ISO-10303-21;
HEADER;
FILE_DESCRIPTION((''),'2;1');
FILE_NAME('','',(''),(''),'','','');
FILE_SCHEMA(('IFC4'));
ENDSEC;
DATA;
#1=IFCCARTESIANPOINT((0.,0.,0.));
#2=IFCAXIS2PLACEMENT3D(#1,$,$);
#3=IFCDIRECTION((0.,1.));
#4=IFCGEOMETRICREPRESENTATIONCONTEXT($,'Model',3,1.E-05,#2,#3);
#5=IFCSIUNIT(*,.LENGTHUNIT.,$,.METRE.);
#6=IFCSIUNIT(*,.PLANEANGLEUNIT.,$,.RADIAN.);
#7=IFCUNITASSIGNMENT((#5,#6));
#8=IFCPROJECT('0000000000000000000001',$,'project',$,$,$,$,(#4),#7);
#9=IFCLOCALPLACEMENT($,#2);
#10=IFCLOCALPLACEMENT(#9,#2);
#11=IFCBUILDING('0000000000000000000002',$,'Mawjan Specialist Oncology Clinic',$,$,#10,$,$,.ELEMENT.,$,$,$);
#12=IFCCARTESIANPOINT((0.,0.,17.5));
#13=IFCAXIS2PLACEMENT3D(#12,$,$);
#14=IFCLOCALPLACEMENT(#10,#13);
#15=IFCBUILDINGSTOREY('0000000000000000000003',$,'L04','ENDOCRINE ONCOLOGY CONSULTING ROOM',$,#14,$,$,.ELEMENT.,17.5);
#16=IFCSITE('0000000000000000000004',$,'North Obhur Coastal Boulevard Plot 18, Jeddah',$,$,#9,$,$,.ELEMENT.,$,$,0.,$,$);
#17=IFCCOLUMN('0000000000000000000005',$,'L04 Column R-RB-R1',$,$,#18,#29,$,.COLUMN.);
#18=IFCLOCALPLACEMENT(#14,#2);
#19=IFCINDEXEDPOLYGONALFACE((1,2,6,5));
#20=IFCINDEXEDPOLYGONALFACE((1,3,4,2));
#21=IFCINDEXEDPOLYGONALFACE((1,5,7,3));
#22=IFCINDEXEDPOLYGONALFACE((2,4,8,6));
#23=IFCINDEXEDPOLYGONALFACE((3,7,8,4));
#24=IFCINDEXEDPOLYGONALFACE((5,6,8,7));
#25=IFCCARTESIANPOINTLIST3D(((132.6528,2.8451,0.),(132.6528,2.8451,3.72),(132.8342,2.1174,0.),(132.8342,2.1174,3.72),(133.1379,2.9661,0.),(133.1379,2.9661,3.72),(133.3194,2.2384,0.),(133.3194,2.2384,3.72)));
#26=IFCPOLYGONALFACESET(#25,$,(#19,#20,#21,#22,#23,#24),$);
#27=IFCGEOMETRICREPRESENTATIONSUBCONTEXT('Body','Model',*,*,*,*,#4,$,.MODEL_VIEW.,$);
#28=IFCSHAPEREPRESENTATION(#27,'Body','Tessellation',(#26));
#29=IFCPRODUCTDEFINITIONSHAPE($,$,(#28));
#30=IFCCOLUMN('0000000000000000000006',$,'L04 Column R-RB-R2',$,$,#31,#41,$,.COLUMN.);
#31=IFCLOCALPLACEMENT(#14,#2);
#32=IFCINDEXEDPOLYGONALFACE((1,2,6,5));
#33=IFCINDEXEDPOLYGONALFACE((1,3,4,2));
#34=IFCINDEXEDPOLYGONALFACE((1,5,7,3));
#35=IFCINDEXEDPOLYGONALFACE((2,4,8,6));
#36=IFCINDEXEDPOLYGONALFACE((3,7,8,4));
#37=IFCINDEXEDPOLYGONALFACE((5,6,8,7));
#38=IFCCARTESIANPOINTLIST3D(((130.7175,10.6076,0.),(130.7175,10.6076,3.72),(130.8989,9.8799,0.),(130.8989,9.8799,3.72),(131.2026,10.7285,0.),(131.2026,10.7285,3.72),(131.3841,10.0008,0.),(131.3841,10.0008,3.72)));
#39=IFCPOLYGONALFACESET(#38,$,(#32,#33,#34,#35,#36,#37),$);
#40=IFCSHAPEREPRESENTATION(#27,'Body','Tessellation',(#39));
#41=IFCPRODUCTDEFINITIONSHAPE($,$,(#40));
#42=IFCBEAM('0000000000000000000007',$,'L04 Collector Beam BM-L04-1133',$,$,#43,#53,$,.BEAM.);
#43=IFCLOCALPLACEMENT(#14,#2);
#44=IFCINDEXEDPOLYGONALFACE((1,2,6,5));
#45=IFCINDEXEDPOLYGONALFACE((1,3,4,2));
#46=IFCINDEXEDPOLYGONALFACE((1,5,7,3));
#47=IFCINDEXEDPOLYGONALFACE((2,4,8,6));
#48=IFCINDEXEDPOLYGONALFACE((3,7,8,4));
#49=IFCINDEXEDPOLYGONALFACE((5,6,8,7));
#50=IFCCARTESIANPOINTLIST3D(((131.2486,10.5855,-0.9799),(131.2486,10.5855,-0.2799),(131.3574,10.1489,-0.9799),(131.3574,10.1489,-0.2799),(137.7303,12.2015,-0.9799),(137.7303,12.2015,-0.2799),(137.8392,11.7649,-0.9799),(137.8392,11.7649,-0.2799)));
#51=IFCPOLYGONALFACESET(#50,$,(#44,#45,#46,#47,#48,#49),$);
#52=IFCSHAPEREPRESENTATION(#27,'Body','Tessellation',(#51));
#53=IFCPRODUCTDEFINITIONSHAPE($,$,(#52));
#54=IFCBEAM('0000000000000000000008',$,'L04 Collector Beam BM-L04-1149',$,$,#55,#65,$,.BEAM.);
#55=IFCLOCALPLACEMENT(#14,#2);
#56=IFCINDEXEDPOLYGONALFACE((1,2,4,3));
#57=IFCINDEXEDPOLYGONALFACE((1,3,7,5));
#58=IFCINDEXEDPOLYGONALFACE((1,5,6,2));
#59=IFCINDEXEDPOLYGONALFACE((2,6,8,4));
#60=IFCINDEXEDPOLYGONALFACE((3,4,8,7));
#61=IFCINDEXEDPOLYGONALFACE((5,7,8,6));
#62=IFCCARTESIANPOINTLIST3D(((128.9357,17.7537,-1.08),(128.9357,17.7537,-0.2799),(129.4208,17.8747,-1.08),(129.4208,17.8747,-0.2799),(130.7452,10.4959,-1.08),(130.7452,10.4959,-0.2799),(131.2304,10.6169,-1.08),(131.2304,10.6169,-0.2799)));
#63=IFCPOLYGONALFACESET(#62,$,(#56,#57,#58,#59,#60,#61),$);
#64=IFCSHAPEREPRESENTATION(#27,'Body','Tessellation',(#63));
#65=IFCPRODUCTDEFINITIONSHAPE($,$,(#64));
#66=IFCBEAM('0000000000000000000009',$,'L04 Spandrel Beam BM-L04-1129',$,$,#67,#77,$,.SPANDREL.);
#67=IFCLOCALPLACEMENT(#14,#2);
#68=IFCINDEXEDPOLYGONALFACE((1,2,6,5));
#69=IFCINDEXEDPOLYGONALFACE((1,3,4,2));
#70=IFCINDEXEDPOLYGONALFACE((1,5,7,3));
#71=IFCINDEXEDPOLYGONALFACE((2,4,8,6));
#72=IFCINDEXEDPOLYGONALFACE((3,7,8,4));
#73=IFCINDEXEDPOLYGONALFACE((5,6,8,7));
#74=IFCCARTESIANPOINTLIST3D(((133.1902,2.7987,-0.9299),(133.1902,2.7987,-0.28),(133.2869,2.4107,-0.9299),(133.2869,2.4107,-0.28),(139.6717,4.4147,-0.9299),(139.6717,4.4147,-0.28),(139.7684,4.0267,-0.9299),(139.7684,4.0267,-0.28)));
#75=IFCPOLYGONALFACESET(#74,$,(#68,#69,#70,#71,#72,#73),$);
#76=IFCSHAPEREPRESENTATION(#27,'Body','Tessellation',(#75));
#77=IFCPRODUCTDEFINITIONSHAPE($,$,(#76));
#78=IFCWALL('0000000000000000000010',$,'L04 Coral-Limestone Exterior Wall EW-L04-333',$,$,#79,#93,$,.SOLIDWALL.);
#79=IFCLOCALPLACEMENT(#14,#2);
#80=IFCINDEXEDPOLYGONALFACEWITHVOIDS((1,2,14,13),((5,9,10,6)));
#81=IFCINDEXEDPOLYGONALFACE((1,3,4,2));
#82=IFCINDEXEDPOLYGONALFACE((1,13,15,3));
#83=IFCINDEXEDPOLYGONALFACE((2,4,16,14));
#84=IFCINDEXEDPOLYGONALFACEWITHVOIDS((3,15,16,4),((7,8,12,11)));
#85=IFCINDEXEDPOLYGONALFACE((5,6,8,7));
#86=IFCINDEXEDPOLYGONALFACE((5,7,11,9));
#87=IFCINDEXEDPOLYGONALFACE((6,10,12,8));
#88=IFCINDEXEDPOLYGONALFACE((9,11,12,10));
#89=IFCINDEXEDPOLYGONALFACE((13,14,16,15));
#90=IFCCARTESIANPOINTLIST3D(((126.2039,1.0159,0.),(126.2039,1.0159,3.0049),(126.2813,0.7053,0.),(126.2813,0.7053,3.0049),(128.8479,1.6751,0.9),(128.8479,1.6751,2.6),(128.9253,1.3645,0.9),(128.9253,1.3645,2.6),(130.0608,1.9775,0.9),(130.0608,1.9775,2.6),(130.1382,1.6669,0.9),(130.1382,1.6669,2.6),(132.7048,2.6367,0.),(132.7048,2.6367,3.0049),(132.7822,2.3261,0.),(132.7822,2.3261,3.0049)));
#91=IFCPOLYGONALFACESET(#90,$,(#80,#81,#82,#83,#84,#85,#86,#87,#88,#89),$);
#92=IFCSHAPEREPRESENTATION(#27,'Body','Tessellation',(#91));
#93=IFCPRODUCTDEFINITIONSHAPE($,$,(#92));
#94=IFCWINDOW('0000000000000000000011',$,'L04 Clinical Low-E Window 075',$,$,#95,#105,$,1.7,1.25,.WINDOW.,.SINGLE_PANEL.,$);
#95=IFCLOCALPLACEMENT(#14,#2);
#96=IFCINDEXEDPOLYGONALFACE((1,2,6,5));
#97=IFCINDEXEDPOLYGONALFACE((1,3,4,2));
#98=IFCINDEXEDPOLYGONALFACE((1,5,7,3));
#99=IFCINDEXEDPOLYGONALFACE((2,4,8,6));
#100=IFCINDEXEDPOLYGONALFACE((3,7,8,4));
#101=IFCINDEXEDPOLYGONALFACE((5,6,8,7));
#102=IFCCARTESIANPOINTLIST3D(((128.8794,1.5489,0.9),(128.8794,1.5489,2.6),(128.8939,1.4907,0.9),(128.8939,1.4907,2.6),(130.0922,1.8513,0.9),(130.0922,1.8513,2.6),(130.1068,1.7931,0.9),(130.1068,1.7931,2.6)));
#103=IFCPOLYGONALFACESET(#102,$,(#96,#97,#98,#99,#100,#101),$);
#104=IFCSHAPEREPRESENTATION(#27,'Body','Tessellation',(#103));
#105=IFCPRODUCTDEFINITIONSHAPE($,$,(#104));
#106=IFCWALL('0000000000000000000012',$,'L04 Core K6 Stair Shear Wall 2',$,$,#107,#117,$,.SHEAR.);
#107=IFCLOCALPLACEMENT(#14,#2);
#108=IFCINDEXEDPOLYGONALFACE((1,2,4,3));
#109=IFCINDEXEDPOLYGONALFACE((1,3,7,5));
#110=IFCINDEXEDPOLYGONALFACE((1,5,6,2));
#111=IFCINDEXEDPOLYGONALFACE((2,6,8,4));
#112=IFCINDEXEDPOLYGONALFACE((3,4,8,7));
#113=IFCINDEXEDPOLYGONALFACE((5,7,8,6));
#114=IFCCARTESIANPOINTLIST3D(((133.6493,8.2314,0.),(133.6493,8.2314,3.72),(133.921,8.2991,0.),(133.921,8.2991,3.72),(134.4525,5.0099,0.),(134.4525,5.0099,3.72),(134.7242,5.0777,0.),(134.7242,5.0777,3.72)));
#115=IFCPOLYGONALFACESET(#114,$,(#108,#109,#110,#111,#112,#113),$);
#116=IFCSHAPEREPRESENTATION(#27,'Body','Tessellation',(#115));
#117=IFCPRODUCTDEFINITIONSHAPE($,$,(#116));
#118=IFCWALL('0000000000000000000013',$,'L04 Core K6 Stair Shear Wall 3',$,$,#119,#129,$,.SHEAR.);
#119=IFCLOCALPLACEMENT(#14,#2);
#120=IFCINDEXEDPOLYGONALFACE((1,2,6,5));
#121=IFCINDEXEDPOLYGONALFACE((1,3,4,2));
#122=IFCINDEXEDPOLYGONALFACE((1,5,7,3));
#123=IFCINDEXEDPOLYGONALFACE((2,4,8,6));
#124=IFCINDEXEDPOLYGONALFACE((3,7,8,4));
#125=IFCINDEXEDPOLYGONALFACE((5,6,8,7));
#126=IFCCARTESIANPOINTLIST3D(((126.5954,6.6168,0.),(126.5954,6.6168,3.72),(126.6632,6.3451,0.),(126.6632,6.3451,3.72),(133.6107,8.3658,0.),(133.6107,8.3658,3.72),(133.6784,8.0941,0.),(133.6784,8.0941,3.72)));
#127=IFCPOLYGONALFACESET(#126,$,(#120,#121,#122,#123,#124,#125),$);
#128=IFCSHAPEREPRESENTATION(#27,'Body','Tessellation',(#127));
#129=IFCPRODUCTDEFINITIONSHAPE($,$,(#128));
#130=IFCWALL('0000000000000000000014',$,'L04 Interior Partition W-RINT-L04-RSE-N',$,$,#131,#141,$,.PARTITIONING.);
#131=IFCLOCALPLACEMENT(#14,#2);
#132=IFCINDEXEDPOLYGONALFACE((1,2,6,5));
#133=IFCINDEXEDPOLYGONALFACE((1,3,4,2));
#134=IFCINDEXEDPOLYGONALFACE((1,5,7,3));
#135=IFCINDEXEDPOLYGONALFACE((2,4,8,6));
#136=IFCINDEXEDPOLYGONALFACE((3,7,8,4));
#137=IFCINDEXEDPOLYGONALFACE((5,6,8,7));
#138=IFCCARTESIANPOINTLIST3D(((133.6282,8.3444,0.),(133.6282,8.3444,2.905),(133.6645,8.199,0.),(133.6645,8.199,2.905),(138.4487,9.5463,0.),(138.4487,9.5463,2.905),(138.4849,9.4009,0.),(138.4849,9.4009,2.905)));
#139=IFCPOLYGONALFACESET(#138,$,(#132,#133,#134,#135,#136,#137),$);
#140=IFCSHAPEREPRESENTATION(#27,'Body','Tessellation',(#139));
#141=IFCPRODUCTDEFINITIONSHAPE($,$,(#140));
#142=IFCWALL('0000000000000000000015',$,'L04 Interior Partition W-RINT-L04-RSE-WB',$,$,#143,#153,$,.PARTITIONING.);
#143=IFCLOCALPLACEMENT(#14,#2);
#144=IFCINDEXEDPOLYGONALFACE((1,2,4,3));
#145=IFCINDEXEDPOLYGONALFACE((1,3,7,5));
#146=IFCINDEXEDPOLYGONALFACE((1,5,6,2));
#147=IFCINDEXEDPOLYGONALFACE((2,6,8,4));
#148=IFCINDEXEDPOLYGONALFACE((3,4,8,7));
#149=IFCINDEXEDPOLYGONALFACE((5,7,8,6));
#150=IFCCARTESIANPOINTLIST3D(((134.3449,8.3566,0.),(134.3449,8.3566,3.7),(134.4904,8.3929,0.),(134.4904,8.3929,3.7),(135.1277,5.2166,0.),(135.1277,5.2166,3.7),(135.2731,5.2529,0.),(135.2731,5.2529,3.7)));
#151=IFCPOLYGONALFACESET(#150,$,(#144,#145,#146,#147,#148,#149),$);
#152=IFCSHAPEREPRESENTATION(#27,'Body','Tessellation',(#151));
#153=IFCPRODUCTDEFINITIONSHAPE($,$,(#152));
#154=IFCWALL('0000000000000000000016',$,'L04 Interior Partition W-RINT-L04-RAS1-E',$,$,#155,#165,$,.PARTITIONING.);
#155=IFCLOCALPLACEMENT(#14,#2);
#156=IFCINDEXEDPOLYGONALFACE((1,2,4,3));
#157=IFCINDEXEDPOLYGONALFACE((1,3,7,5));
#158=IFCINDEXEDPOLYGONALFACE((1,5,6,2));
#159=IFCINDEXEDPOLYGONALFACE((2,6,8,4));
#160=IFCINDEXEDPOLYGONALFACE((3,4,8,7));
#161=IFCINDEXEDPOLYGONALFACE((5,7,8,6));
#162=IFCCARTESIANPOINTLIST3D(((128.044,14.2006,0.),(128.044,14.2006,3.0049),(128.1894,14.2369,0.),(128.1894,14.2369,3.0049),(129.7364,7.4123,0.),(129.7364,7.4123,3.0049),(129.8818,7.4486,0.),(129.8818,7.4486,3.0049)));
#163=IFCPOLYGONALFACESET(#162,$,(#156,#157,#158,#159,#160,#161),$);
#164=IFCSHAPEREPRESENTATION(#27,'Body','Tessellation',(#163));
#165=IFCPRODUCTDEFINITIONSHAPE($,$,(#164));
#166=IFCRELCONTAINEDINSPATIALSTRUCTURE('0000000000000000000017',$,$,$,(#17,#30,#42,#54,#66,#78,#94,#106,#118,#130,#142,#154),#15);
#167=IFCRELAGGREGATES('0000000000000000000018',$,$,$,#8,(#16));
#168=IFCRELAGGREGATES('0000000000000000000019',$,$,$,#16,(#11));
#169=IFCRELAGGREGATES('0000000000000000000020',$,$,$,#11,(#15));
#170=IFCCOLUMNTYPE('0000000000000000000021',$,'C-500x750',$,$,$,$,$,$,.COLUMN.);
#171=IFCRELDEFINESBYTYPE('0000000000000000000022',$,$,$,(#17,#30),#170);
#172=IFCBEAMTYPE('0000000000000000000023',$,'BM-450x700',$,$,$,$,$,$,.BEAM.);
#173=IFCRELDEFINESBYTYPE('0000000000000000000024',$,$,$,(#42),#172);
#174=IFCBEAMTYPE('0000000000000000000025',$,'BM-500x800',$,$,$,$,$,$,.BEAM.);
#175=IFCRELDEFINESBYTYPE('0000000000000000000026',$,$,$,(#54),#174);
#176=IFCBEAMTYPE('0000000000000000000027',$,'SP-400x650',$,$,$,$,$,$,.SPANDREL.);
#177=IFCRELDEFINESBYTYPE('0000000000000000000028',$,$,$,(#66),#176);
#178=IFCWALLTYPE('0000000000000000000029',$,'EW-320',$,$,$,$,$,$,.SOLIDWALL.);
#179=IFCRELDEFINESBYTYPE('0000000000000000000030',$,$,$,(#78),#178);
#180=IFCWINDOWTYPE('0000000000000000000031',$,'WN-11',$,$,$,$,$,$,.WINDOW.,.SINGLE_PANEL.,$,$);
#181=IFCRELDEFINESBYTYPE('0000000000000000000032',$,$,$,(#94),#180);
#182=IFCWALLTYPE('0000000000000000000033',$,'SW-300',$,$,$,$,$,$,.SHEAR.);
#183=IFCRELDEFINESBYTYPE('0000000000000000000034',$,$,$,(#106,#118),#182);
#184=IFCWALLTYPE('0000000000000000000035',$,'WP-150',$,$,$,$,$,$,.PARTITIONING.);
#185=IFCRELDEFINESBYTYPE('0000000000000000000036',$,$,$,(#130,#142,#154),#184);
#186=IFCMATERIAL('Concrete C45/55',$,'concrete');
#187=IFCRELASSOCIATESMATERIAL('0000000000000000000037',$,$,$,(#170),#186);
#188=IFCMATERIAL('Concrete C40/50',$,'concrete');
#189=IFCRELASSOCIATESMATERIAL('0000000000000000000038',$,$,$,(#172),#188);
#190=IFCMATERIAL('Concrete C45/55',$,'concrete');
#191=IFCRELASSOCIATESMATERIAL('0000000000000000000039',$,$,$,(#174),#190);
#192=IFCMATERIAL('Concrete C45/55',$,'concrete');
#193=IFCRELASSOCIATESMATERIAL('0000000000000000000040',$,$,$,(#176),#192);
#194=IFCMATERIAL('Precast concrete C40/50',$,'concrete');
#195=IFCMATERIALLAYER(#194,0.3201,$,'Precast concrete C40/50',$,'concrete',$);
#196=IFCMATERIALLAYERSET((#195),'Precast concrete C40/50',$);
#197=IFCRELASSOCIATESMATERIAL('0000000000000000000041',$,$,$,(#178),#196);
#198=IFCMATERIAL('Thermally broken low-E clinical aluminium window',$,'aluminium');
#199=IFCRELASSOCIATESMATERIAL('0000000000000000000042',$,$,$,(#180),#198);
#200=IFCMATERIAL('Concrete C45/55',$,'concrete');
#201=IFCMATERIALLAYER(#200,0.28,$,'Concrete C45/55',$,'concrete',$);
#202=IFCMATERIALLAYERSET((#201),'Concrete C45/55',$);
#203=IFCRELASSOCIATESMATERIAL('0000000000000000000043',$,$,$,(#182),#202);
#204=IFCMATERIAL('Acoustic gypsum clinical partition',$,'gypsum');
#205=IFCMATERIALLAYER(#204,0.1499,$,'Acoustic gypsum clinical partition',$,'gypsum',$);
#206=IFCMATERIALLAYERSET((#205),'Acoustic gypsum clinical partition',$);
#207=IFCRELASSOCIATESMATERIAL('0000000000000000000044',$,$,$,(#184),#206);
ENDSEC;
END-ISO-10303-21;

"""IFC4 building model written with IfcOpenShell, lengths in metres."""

from ifc_helpers import new_model, si_unit, direction, frame, frame_2d, origin, origin_2d, place, context, subcontext, project, spatial, rectangle, extrude, material, layer, layer_set, material_profile, profile_set, type_object, element, fill, save


model = new_model("IFC4")

# Units and contexts
model_context = context("Model", 3, precision=1e-05, world=origin(), true_north=direction((0.0, 1.0)))
body_context = subcontext(model_context, "Body", "Model", "MODEL_VIEW")
ifc_project = project(units=[si_unit("LENGTHUNIT", "METRE"), si_unit("PLANEANGLEUNIT", "RADIAN")], contexts=[model_context])

# Site, building, storey
site_placement = place(None, origin())
site = spatial("IfcSite", under=ifc_project, at=site_placement, Name="North Obhur Coastal Boulevard Plot 18, Jeddah", CompositionType="ELEMENT", RefElevation=0.0)
building_placement = place(site_placement, origin())
building = spatial("IfcBuilding", under=site, at=building_placement, Name="Mawjan Specialist Oncology Clinic", CompositionType="ELEMENT")
storey_placement = place(building_placement, frame((0.0, 0.0, 17.5)))
storey = spatial("IfcBuildingStorey", under=building, at=storey_placement, Name="L04", Description="ENDOCRINE ONCOLOGY CONSULTING ROOM", CompositionType="ELEMENT", Elevation=17.5)

# Columns
ifc_material_1 = material(Name="Concrete C45/55", Category="concrete")
ifc_material_profile_1 = material_profile(ifc_material_1, rectangle(XDim=0.5, YDim=0.75, at=origin_2d()), Name="RC COL 500x750", Category="concrete")
ifc_profile_set_1 = profile_set([ifc_material_profile_1], Name="Concrete C45/55")
column_type = type_object("IfcColumnType", Name="C-500x750", PredefinedType="COLUMN", material=ifc_profile_set_1)
for number, where, z_axis, x_axis, name in (
    (1, (132.9861, 2.5417, 0.0), (0.0, 0.0, 1.0), (0.970296, 0.241922, 0.0), "L04 Column R-RB-R1"),
    (2, (131.0508, 10.3042, 0.0), (0.0, 0.0, 1.0), (0.970296, 0.241922, 0.0), "L04 Column R-RB-R2"),
):
    element("IfcColumn", number, at=place(storey_placement, frame(where, z_axis=z_axis, x_axis=x_axis)), inside=storey, type_object=column_type, Name=name, PredefinedType="COLUMN", context=body_context, shape_type="SweptSolid", body=[
        extrude(rectangle(XDim=0.5, YDim=0.75, at=origin_2d()), origin(), (0.0, 0.0, 1.0), 3.72),
    ])

# Beams
ifc_material_2 = material(Name="Concrete C40/50", Category="concrete")
ifc_material_profile_2 = material_profile(ifc_material_2, rectangle(XDim=0.45, YDim=0.7, at=origin_2d()), Name="RC BM 450x700", Category="concrete")
ifc_profile_set_2 = profile_set([ifc_material_profile_2], Name="Concrete C40/50")
beam_type_1 = type_object("IfcBeamType", Name="BM-450x700", PredefinedType="BEAM", material=ifc_profile_set_2)
beam_1_placement = place(storey_placement, frame((131.303, 10.3672, -0.6299), z_axis=(0.970299, 0.241908, 0.0), x_axis=(-0.241908, 0.970299, 0.0)))
element("IfcBeam", 3, at=beam_1_placement, inside=storey, type_object=beam_type_1, Name="L04 Collector Beam BM-L04-1133", PredefinedType="BEAM", context=body_context, shape_type="SweptSolid", body=[
    extrude(rectangle(XDim=0.45, YDim=0.7, at=origin_2d()), origin(), (0.0, 0.0, 1.0), 6.6802),
])
ifc_material_3 = material(Name="Concrete C45/55", Category="concrete")
ifc_material_profile_3 = material_profile(ifc_material_3, rectangle(XDim=0.5, YDim=0.8, at=origin_2d()), Name="RC BM 500x800", Category="concrete")
ifc_profile_set_3 = profile_set([ifc_material_profile_3], Name="Concrete C45/55")
beam_type_2 = type_object("IfcBeamType", Name="BM-500x800", PredefinedType="BEAM", material=ifc_profile_set_3)
beam_2_placement = place(storey_placement, frame((130.9878, 10.5564, -0.6799), z_axis=(-0.241921, 0.970296, 0.0), x_axis=(-0.970296, -0.241921, 0.0)))
element("IfcBeam", 4, at=beam_2_placement, inside=storey, type_object=beam_type_2, Name="L04 Collector Beam BM-L04-1149", PredefinedType="BEAM", context=body_context, shape_type="SweptSolid", body=[
    extrude(rectangle(XDim=0.5, YDim=0.8, at=origin_2d()), origin(), (0.0, 0.0, 1.0), 7.48),
])
ifc_material_4 = material(Name="Concrete C45/55", Category="concrete")
ifc_material_profile_4 = material_profile(ifc_material_4, rectangle(XDim=0.3999, YDim=0.6499, at=origin_2d()), Name="RC BM 400x650", Category="concrete")
ifc_profile_set_4 = profile_set([ifc_material_profile_4], Name="Concrete C45/55")
beam_type_3 = type_object("IfcBeamType", Name="SP-400x650", PredefinedType="SPANDREL", material=ifc_profile_set_4)
beam_3_placement = place(storey_placement, frame((133.2385, 2.6047, -0.605), z_axis=(0.970297, 0.241916, 0.0), x_axis=(-0.241916, 0.970297, 0.0)))
element("IfcBeam", 5, at=beam_3_placement, inside=storey, type_object=beam_type_3, Name="L04 Spandrel Beam BM-L04-1129", PredefinedType="SPANDREL", context=body_context, shape_type="SweptSolid", body=[
    extrude(rectangle(XDim=0.3999, YDim=0.6499, at=origin_2d()), origin(), (0.0, 0.0, 1.0), 6.6799),
])

# Wall, opening, window
ifc_material_5 = material(Name="Precast concrete C40/50", Category="concrete")
ifc_layer_1 = layer(ifc_material_5, 0.3201, Name="Precast concrete C40/50", Category="concrete")
ifc_layer_set_1 = layer_set([ifc_layer_1], Name="Precast concrete C40/50")
wall_type_1 = type_object("IfcWallType", Name="EW-320", PredefinedType="SOLIDWALL", material=ifc_layer_set_1)
wall_1_placement = place(storey_placement, frame((132.7437, 2.4814, 0.0), z_axis=(0.0, 0.0, 1.0), x_axis=(-0.970297, -0.241918, 0.0)))
wall_1 = element("IfcWall", 6, at=wall_1_placement, inside=storey, type_object=wall_type_1, Name="L04 Coral-Limestone Exterior Wall EW-L04-333", PredefinedType="SOLIDWALL", context=body_context, shape_type="SweptSolid", body=[
    extrude(rectangle(XDim=6.7, YDim=0.3201, at=frame_2d((3.3501, 0.0))), origin(), (0.0, 0.0, 1.0), 3.0049),
])
opening_1_placement = place(wall_1_placement, frame((2.7251, 0.0, 0.8999)))
opening_1 = element("IfcOpeningElement", 7, at=opening_1_placement, cuts=wall_1, PredefinedType="OPENING", context=body_context, shape_type="SweptSolid", body=[
    extrude(rectangle(XDim=1.25, YDim=1.7, at=frame_2d((0.625, 0.8501))), frame((0.0, 0.1721, 0.0), z_axis=(0.0, -1.0, 0.0), x_axis=(1.0, 0.0, 0.0)), (0.0, 0.0, 1.0), 0.344),
])
ifc_material_6 = material(Name="Thermally broken low-E clinical aluminium window", Category="aluminium")
window_type = type_object("IfcWindowType", Name="WN-11", PartitioningType="SINGLE_PANEL", PredefinedType="WINDOW", material=ifc_material_6)
window_placement = place(opening_1_placement, origin())
window = element("IfcWindow", 8, at=window_placement, inside=storey, type_object=window_type, Name="L04 Clinical Low-E Window 075", OverallHeight=1.7, OverallWidth=1.25, PartitioningType="SINGLE_PANEL", PredefinedType="WINDOW", context=body_context, shape_type="SweptSolid", body=[
    extrude(rectangle(XDim=1.25, YDim=1.7, at=frame_2d((0.625, 0.8501))), frame((0.0, 0.03, 0.0), z_axis=(0.0, -1.0, 0.0), x_axis=(1.0, 0.0, 0.0)), (0.0, 0.0, 1.0), 0.0601),
])
fill(opening_1, window)

# Walls
ifc_material_7 = material(Name="Concrete C45/55", Category="concrete")
ifc_layer_2 = layer(ifc_material_7, 0.28, Name="Concrete C45/55", Category="concrete")
ifc_layer_set_2 = layer_set([ifc_layer_2], Name="Concrete C45/55")
wall_type_2 = type_object("IfcWallType", Name="SW-300", PredefinedType="SHEAR", material=ifc_layer_set_2)
wall_2_placement = place(storey_placement, frame((134.5884, 5.0437, 0.0), z_axis=(0.0, 0.0, 1.0), x_axis=(-0.24193, 0.970294, 0.0)))
element("IfcWall", 9, at=wall_2_placement, inside=storey, type_object=wall_type_2, Name="L04 Core K6 Stair Shear Wall 2", PredefinedType="SHEAR", context=body_context, shape_type="SweptSolid", body=[
    extrude(rectangle(XDim=3.3201, YDim=0.28, at=frame_2d((1.6602, 0.0))), origin(), (0.0, 0.0, 1.0), 3.72),
])
wall_3_placement = place(storey_placement, frame((133.6445, 8.23, 0.0), z_axis=(0.0, 0.0, 1.0), x_axis=(-0.970297, -0.241916, 0.0)))
element("IfcWall", 10, at=wall_3_placement, inside=storey, type_object=wall_type_2, Name="L04 Core K6 Stair Shear Wall 3", PredefinedType="SHEAR", context=body_context, shape_type="SweptSolid", body=[
    extrude(rectangle(XDim=7.23, YDim=0.28, at=frame_2d((3.615, 0.0))), origin(), (0.0, 0.0, 1.0), 3.72),
])
ifc_material_8 = material(Name="Acoustic gypsum clinical partition", Category="gypsum")
ifc_layer_3 = layer(ifc_material_8, 0.1499, Name="Acoustic gypsum clinical partition", Category="gypsum")
ifc_layer_set_3 = layer_set([ifc_layer_3], Name="Acoustic gypsum clinical partition")
wall_type_3 = type_object("IfcWallType", Name="WP-150", PredefinedType="PARTITIONING", material=ifc_layer_set_3)
wall_4_placement = place(storey_placement, frame((133.6465, 8.2717, 0.0), z_axis=(0.0, 0.0, 1.0), x_axis=(0.970296, 0.241923, 0.0)))
element("IfcWall", 11, at=wall_4_placement, inside=storey, type_object=wall_type_3, Name="L04 Interior Partition W-RINT-L04-RSE-N", PredefinedType="PARTITIONING", context=body_context, shape_type="SweptSolid", body=[
    extrude(rectangle(XDim=4.968, YDim=0.1499, at=frame_2d((2.4839, 0.0))), origin(), (0.0, 0.0, 1.0), 2.905),
])
wall_5_placement = place(storey_placement, frame((135.2004, 5.2346, 0.0), z_axis=(0.0, 0.0, 1.0), x_axis=(-0.241879, 0.970306, 0.0)))
element("IfcWall", 12, at=wall_5_placement, inside=storey, type_object=wall_type_3, Name="L04 Interior Partition W-RINT-L04-RSE-WB", PredefinedType="PARTITIONING", context=body_context, shape_type="SweptSolid", body=[
    extrude(rectangle(XDim=3.2361, YDim=0.1499, at=frame_2d((1.6182, 0.0))), origin(), (0.0, 0.0, 1.0), 3.7),
])
wall_6_placement = place(storey_placement, frame((129.8091, 7.4304, 0.0), z_axis=(0.0, 0.0, 1.0), x_axis=(-0.241903, 0.9703, 0.0)))
element("IfcWall", 13, at=wall_6_placement, inside=storey, type_object=wall_type_3, Name="L04 Interior Partition W-RINT-L04-RAS1-E", PredefinedType="PARTITIONING", context=body_context, shape_type="SweptSolid", body=[
    extrude(rectangle(XDim=6.9961, YDim=0.1499, at=frame_2d((3.498, 0.0))), origin(), (0.0, 0.0, 1.0), 3.0049),
])

save(model, "model.ifc")
